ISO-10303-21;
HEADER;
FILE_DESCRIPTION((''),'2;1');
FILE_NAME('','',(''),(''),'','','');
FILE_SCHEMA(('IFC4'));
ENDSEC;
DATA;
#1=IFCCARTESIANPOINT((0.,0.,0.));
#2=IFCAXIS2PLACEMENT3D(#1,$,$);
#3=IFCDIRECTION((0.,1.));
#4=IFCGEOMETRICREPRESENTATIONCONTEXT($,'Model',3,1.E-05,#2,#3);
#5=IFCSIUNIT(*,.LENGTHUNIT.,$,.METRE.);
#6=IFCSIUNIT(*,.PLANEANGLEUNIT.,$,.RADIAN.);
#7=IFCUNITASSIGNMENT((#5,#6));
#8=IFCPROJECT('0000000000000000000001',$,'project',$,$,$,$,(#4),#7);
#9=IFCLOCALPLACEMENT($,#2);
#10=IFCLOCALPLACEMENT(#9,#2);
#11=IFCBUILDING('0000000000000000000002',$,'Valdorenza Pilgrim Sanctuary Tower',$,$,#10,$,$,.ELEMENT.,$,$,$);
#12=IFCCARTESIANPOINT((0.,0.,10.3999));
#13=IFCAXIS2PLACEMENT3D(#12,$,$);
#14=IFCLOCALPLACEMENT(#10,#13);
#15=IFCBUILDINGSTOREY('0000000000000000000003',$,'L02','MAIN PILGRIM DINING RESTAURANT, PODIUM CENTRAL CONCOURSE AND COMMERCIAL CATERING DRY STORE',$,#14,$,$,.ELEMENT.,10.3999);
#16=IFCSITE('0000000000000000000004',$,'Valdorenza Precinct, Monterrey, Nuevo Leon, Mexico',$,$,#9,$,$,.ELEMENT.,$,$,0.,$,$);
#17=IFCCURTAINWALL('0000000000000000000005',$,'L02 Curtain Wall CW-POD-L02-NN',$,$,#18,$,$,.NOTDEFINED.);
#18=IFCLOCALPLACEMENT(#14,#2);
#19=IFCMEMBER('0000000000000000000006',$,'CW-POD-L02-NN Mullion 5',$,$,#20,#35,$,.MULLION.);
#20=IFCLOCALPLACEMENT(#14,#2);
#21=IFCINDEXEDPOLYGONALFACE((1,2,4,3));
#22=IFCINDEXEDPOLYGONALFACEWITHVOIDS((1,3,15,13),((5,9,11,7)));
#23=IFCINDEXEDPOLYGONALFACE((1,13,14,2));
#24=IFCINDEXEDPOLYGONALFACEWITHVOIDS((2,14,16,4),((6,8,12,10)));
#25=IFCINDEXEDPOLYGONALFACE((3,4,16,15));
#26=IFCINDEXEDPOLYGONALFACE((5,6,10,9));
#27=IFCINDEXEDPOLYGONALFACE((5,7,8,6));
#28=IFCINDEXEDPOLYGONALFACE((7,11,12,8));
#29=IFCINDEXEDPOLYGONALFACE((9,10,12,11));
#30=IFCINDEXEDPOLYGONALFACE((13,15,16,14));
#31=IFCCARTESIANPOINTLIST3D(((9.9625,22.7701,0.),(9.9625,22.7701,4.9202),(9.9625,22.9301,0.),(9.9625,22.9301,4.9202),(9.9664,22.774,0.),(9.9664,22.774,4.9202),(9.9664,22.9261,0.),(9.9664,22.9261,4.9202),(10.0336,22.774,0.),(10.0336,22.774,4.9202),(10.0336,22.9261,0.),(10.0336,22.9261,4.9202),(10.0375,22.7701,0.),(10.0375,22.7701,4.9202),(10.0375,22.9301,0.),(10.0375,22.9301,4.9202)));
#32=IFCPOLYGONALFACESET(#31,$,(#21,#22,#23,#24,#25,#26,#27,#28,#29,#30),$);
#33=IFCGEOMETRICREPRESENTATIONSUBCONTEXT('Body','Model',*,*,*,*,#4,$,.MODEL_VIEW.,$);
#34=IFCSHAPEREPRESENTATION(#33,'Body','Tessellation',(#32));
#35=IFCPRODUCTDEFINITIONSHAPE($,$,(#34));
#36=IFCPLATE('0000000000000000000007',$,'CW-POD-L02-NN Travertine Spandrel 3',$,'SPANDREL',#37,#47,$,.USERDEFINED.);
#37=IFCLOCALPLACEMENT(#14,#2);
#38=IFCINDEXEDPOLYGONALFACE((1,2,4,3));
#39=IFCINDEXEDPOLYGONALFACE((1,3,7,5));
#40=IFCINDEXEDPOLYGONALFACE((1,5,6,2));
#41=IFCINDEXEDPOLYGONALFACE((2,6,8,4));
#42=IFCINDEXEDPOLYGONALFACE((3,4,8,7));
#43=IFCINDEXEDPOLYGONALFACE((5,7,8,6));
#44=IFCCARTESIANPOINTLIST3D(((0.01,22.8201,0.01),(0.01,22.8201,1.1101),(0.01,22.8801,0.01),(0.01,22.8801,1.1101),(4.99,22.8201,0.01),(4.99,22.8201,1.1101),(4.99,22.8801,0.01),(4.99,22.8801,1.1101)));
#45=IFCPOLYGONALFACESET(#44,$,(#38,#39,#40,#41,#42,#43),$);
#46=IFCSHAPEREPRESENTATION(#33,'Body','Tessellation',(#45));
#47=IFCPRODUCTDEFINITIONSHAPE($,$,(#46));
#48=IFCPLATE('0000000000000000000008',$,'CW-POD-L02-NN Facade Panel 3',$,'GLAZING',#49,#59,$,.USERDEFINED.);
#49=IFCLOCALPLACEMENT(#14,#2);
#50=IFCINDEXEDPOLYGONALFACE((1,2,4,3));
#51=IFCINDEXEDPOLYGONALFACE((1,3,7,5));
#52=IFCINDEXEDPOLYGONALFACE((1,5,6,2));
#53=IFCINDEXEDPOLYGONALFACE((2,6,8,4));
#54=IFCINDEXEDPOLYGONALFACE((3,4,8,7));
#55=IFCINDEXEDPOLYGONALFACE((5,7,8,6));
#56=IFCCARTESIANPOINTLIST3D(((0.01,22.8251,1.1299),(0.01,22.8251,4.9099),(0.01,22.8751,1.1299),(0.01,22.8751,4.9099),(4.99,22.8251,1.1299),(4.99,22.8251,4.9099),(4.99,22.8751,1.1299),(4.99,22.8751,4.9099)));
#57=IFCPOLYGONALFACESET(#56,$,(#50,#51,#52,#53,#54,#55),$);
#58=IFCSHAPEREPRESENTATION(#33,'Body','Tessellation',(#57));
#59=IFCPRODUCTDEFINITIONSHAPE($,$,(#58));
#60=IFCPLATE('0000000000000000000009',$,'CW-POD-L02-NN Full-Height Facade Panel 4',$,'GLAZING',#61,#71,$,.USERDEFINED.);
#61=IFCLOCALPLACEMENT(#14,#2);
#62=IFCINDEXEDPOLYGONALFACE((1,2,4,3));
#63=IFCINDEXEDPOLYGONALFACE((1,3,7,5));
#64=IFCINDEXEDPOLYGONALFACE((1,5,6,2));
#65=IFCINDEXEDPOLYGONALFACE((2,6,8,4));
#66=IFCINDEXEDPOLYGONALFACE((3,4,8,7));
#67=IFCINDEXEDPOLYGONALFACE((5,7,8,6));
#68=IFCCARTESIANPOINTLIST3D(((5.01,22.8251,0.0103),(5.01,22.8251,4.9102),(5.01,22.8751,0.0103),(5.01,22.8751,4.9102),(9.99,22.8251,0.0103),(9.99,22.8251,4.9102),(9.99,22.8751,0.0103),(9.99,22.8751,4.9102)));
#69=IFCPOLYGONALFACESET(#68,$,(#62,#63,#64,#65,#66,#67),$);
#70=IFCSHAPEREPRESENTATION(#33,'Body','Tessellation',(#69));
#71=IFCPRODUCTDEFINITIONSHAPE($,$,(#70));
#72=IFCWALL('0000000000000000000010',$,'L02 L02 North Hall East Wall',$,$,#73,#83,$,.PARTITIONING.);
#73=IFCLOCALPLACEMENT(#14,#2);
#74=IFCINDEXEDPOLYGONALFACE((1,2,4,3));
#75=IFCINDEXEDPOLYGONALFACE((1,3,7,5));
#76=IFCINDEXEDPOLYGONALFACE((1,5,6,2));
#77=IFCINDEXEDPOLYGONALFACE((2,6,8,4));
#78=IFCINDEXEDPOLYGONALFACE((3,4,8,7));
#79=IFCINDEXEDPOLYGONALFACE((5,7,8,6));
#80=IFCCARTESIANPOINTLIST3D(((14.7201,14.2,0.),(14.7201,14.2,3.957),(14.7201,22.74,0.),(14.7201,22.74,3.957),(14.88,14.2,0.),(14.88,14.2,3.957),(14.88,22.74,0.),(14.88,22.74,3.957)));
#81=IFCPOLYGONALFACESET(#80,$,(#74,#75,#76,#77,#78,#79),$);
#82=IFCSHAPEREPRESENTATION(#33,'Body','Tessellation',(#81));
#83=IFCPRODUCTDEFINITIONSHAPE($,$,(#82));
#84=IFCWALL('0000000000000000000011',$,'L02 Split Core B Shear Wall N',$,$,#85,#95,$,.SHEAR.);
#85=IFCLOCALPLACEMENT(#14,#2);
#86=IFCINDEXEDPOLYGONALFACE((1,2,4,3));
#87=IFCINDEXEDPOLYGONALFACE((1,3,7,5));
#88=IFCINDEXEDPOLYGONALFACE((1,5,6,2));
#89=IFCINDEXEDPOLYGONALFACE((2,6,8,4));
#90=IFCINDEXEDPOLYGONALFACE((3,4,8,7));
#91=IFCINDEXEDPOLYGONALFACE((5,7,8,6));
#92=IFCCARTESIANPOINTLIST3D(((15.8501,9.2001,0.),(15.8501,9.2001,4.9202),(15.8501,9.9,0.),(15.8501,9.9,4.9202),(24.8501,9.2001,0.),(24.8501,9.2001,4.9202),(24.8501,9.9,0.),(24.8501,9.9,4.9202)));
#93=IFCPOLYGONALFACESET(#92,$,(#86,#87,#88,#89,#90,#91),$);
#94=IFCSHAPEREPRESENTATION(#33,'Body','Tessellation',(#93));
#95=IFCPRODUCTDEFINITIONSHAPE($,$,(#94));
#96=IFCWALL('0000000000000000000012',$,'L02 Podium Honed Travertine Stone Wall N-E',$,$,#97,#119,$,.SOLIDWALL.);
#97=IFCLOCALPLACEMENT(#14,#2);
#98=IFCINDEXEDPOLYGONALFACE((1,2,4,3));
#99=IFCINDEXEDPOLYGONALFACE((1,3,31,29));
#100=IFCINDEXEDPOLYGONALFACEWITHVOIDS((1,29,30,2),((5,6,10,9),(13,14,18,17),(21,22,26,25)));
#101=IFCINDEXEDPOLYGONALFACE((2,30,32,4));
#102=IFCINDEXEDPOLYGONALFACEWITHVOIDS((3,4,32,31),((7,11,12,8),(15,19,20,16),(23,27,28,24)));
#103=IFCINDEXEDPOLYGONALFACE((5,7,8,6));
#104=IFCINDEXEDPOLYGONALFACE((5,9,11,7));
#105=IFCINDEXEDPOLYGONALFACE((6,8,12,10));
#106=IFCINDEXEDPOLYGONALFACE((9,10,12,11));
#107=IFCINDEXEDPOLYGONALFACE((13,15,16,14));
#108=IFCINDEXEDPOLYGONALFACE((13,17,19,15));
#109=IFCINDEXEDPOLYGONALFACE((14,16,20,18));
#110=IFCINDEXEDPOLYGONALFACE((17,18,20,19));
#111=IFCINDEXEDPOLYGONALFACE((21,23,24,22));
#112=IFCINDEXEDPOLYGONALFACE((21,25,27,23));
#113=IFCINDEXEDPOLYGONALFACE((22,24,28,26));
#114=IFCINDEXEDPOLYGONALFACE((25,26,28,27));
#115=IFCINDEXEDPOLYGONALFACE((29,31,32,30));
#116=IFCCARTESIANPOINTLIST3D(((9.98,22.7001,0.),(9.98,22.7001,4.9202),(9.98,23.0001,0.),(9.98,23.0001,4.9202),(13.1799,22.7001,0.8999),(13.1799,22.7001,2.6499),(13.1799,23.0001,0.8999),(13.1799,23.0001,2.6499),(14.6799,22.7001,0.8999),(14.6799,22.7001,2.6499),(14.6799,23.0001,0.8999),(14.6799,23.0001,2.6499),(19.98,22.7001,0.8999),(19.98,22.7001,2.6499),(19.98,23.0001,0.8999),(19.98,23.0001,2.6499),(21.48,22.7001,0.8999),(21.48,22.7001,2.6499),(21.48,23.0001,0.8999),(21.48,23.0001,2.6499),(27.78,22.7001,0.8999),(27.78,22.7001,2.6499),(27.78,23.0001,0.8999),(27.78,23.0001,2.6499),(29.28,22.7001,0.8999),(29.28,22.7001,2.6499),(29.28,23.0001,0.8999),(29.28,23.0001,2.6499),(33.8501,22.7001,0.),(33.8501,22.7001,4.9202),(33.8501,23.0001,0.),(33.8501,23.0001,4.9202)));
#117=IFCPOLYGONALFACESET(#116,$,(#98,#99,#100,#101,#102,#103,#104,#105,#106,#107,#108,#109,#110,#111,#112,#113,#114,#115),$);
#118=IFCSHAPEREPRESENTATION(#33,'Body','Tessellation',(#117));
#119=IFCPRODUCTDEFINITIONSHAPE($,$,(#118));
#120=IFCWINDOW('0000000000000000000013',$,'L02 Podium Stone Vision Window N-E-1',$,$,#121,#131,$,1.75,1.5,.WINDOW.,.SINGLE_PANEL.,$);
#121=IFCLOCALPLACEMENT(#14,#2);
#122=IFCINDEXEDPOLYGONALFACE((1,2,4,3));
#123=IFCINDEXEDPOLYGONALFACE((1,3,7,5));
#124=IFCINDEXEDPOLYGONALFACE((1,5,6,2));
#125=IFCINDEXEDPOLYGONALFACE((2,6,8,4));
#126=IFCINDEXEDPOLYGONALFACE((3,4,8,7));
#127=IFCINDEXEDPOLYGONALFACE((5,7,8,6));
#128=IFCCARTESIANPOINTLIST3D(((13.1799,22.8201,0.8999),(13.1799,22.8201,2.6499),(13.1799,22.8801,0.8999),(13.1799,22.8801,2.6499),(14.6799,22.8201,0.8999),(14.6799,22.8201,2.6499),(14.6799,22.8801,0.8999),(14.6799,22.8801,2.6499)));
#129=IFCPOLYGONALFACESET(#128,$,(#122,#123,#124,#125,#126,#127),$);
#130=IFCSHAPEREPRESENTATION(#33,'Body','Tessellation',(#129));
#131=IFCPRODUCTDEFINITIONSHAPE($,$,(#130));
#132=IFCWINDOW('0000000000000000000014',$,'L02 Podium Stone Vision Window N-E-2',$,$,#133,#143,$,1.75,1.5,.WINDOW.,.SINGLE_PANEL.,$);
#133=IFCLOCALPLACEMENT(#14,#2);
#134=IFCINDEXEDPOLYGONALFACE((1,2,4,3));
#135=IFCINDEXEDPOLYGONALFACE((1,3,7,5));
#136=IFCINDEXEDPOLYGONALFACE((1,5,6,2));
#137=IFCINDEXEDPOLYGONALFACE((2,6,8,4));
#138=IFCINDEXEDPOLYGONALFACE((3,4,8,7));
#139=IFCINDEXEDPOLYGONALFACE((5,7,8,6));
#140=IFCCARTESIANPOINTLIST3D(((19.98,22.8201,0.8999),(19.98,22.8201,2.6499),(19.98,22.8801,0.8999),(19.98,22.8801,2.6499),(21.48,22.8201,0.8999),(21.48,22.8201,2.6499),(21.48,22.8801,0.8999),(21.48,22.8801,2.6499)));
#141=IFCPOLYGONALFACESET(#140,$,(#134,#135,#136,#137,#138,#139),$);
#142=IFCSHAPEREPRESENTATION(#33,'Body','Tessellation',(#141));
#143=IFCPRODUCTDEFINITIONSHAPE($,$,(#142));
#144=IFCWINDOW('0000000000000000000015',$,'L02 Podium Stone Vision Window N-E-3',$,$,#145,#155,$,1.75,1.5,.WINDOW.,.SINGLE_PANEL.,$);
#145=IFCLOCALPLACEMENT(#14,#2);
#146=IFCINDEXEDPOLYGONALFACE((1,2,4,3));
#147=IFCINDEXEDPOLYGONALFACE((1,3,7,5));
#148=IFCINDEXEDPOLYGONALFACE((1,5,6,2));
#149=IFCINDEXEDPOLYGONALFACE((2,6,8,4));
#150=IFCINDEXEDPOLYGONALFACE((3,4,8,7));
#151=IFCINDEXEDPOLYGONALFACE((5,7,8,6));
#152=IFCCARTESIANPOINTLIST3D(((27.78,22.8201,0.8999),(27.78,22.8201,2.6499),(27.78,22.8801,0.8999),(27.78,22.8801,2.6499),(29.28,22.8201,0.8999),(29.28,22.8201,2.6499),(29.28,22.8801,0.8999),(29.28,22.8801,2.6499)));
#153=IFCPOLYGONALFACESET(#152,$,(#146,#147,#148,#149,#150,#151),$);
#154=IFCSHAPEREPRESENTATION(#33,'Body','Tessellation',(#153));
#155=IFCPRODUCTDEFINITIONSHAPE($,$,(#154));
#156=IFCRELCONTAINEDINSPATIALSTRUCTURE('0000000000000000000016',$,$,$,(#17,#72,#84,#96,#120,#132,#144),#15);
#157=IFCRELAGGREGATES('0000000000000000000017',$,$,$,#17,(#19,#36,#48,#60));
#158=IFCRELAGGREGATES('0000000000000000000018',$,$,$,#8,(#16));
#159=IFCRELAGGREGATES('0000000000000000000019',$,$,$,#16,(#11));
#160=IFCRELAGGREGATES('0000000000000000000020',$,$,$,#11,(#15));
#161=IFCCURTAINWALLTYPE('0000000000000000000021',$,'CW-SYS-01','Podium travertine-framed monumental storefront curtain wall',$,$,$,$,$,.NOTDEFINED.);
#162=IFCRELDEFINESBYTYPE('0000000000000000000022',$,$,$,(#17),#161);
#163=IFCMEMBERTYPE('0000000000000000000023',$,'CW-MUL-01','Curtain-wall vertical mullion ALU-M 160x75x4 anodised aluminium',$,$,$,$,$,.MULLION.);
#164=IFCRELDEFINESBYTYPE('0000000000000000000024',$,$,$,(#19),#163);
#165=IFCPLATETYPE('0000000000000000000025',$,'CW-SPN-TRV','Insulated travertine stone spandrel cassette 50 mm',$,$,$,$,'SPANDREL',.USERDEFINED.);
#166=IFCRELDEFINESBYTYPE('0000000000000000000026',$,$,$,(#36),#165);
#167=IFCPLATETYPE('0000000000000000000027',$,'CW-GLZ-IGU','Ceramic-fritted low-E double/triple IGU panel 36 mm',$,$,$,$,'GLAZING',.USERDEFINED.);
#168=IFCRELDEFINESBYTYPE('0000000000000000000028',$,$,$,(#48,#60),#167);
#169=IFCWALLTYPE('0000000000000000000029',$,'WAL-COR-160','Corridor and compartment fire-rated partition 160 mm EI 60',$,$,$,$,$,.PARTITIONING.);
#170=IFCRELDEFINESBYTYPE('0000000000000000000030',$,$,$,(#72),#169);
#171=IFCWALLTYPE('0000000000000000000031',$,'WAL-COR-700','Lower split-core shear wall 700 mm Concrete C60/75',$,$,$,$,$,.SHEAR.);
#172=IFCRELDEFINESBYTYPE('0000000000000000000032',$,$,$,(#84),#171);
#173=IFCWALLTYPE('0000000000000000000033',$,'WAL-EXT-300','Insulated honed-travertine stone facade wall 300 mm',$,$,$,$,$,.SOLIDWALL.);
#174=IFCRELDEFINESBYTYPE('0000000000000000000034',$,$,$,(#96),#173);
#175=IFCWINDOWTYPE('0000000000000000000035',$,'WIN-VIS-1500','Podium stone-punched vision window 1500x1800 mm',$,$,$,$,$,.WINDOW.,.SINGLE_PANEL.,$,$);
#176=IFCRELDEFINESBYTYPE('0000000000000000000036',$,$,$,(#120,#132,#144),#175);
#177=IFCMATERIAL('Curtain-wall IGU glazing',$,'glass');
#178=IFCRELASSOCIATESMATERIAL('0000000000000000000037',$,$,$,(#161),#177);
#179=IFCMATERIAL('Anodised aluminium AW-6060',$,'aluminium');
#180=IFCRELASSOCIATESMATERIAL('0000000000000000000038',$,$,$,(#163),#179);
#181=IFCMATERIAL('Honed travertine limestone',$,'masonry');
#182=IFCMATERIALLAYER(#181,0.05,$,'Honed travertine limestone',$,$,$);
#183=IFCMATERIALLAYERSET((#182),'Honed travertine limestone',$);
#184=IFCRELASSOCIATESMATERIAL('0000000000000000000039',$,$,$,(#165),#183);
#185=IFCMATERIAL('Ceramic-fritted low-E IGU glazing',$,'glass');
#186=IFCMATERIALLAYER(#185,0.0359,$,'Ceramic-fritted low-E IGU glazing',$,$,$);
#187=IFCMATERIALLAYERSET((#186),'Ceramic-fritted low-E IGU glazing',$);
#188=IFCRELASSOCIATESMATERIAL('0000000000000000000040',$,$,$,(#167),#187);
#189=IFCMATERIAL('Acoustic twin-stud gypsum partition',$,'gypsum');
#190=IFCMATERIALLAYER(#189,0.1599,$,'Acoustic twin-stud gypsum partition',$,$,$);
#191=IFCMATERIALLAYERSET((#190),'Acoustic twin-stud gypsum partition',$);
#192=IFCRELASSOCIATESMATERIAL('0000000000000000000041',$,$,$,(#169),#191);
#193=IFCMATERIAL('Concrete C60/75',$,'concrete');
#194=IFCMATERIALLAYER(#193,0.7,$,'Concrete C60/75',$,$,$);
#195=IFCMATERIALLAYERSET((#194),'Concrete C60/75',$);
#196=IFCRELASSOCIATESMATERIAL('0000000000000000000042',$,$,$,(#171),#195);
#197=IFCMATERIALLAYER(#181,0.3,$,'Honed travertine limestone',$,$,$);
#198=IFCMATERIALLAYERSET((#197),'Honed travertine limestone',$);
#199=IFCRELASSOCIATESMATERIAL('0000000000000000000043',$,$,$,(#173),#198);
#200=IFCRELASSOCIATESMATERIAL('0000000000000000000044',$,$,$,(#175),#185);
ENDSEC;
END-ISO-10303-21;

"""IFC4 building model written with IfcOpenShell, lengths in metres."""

from ifc_helpers import new_model, si_unit, direction, frame, frame_2d, origin, origin_2d, place, context, subcontext, project, spatial, rectangle, hollow_rectangle, extrude, source, transform, mapped, material, layer, layer_set, material_profile, profile_set, type_object, element, fill, aggregate, save


model = new_model("IFC4")

# Units and contexts
model_context = context("Model", 3, precision=1e-05, world=origin(), true_north=direction((0.0, 1.0)))
body_context = subcontext(model_context, "Body", "Model", "MODEL_VIEW")
ifc_project = project(units=[si_unit("LENGTHUNIT", "METRE"), si_unit("PLANEANGLEUNIT", "RADIAN")], contexts=[model_context])

# Site, building, storey
site_placement = place(None, origin())
site = spatial("IfcSite", under=ifc_project, at=site_placement, Name="Valdorenza Precinct, Monterrey, Nuevo Leon, Mexico", CompositionType="ELEMENT", RefElevation=0.0)
building_placement = place(site_placement, origin())
building = spatial("IfcBuilding", under=site, at=building_placement, Name="Valdorenza Pilgrim Sanctuary Tower", CompositionType="ELEMENT")
storey_placement = place(building_placement, frame((0.0, 0.0, 10.3999)))
storey = spatial("IfcBuildingStorey", under=building, at=storey_placement, Name="L02", Description="MAIN PILGRIM DINING RESTAURANT, PODIUM CENTRAL CONCOURSE AND COMMERCIAL CATERING DRY STORE", CompositionType="ELEMENT", Elevation=10.3999)

# Shared definitions
ifc_material_1 = material(Name="Concrete C60/75", Category="concrete")

# Curtain wall, member, plates
ifc_material_2 = material(Name="Curtain-wall IGU glazing", Category="glass")
curtain_wall_type = type_object("IfcCurtainWallType", Name="CW-SYS-01", Description="Podium travertine-framed monumental storefront curtain wall", PredefinedType="NOTDEFINED", material=ifc_material_2)
curtain_wall_placement = place(storey_placement, origin())
curtain_wall = element("IfcCurtainWall", 1, at=curtain_wall_placement, inside=storey, type_object=curtain_wall_type, Name="L02 Curtain Wall CW-POD-L02-NN", PredefinedType="NOTDEFINED")
ifc_material_3 = material(Name="Anodised aluminium AW-6060", Category="aluminium")
ifc_material_profile_1 = material_profile(ifc_material_3, hollow_rectangle(XDim=0.075, YDim=0.1599, WallThickness=0.0039, at=origin_2d()), Name="ALU-M 160x75x4")
ifc_profile_set_1 = profile_set([ifc_material_profile_1], Name="Anodised aluminium AW-6060")
member_type = type_object("IfcMemberType", Name="CW-MUL-01", Description="Curtain-wall vertical mullion ALU-M 160x75x4 anodised aluminium", PredefinedType="MULLION", material=ifc_profile_set_1)
shared_shape_1 = source(origin(), body_context, "Body", "SweptSolid", [
    extrude(hollow_rectangle(XDim=0.075, YDim=0.1599, WallThickness=0.0039, at=origin_2d()), origin(), (0.0, 0.0, 1.0), 4.9202),
])
member_1_placement = place(storey_placement, frame((10.0, 22.8501, 0.0), z_axis=(0.0, 0.0, 1.0), x_axis=(1.0, 0.0, 0.0)))
member_1 = element("IfcMember", 2, at=member_1_placement, type_object=member_type, Name="CW-POD-L02-NN Mullion 5", PredefinedType="MULLION", context=body_context, shape_type="MappedRepresentation", body=[
    mapped(shared_shape_1, transform((0.0, 0.0, 0.0), x_axis=(1.0, 0.0, 0.0), y_axis=(0.0, 1.0, 0.0), z_axis=(0.0, 0.0, 1.0), scale=1.0)),
])
ifc_material_4 = material(Name="Honed travertine limestone", Category="masonry")
ifc_layer_1 = layer(ifc_material_4, 0.05, Name="Honed travertine limestone")
ifc_layer_set_1 = layer_set([ifc_layer_1], Name="Honed travertine limestone")
plate_type_1 = type_object("IfcPlateType", Name="CW-SPN-TRV", Description="Insulated travertine stone spandrel cassette 50 mm", ElementType="SPANDREL", PredefinedType="USERDEFINED", material=ifc_layer_set_1)
shared_shape_2 = source(origin(), body_context, "Body", "SweptSolid", [
    extrude(rectangle(XDim=4.98, YDim=0.0601, at=origin_2d()), origin(), (0.0, 0.0, 1.0), 1.1001),
])
plate_1_placement = place(storey_placement, frame((2.5, 22.8501, 0.01), z_axis=(0.0, 0.0, 1.0), x_axis=(1.0, 0.0, 0.0)))
plate_1 = element("IfcPlate", 3, at=plate_1_placement, type_object=plate_type_1, Name="CW-POD-L02-NN Travertine Spandrel 3", ObjectType="SPANDREL", PredefinedType="USERDEFINED", context=body_context, shape_type="MappedRepresentation", body=[
    mapped(shared_shape_2, transform((0.0, 0.0, 0.0), x_axis=(1.0, 0.0, 0.0), y_axis=(0.0, 1.0, 0.0), z_axis=(0.0, 0.0, 1.0), scale=1.0)),
])
ifc_material_5 = material(Name="Ceramic-fritted low-E IGU glazing", Category="glass")
ifc_layer_2 = layer(ifc_material_5, 0.0359, Name="Ceramic-fritted low-E IGU glazing")
ifc_layer_set_2 = layer_set([ifc_layer_2], Name="Ceramic-fritted low-E IGU glazing")
plate_type_2 = type_object("IfcPlateType", Name="CW-GLZ-IGU", Description="Ceramic-fritted low-E double/triple IGU panel 36 mm", ElementType="GLAZING", PredefinedType="USERDEFINED", material=ifc_layer_set_2)
shared_shape_3 = source(origin(), body_context, "Body", "SweptSolid", [
    extrude(rectangle(XDim=4.98, YDim=0.05, at=origin_2d()), origin(), (0.0, 0.0, 1.0), 3.78),
])
plate_2_placement = place(storey_placement, frame((2.5, 22.8501, 1.1299), z_axis=(0.0, 0.0, 1.0), x_axis=(1.0, 0.0, 0.0)))
plate_2 = element("IfcPlate", 4, at=plate_2_placement, type_object=plate_type_2, Name="CW-POD-L02-NN Facade Panel 3", ObjectType="GLAZING", PredefinedType="USERDEFINED", context=body_context, shape_type="MappedRepresentation", body=[
    mapped(shared_shape_3, transform((0.0, 0.0, 0.0), x_axis=(1.0, 0.0, 0.0), y_axis=(0.0, 1.0, 0.0), z_axis=(0.0, 0.0, 1.0), scale=1.0)),
])
shared_shape_4 = source(origin(), body_context, "Body", "SweptSolid", [
    extrude(rectangle(XDim=4.98, YDim=0.05, at=origin_2d()), origin(), (0.0, 0.0, 1.0), 4.8999),
])
plate_3_placement = place(storey_placement, frame((7.5, 22.8501, 0.0103), z_axis=(0.0, 0.0, 1.0), x_axis=(1.0, 0.0, 0.0)))
plate_3 = element("IfcPlate", 5, at=plate_3_placement, type_object=plate_type_2, Name="CW-POD-L02-NN Full-Height Facade Panel 4", ObjectType="GLAZING", PredefinedType="USERDEFINED", context=body_context, shape_type="MappedRepresentation", body=[
    mapped(shared_shape_4, transform((0.0, 0.0, 0.0), x_axis=(1.0, 0.0, 0.0), y_axis=(0.0, 1.0, 0.0), z_axis=(0.0, 0.0, 1.0), scale=1.0)),
])
aggregate(curtain_wall, [member_1, plate_1, plate_2, plate_3])

# Walls
ifc_material_6 = material(Name="Acoustic twin-stud gypsum partition", Category="gypsum")
ifc_layer_3 = layer(ifc_material_6, 0.1599, Name="Acoustic twin-stud gypsum partition")
ifc_layer_set_3 = layer_set([ifc_layer_3], Name="Acoustic twin-stud gypsum partition")
wall_type_1 = type_object("IfcWallType", Name="WAL-COR-160", Description="Corridor and compartment fire-rated partition 160 mm EI 60", PredefinedType="PARTITIONING", material=ifc_layer_set_3)
wall_1_placement = place(storey_placement, frame((14.8, 14.2, 0.0), z_axis=(0.0, 0.0, 1.0), x_axis=(0.0, 1.0, 0.0)))
element("IfcWall", 6, at=wall_1_placement, inside=storey, type_object=wall_type_1, Name="L02 L02 North Hall East Wall", PredefinedType="PARTITIONING", context=body_context, shape_type="SweptSolid", body=[
    extrude(rectangle(XDim=8.54, YDim=0.1599, at=frame_2d((4.27, 0.0))), origin(), (0.0, 0.0, 1.0), 3.957),
])
ifc_layer_4 = layer(ifc_material_1, 0.7, Name="Concrete C60/75")
ifc_layer_set_4 = layer_set([ifc_layer_4], Name="Concrete C60/75")
wall_type_2 = type_object("IfcWallType", Name="WAL-COR-700", Description="Lower split-core shear wall 700 mm Concrete C60/75", PredefinedType="SHEAR", material=ifc_layer_set_4)
wall_2_placement = place(storey_placement, frame((15.8501, 9.55, 0.0), z_axis=(0.0, 0.0, 1.0), x_axis=(1.0, 0.0, 0.0)))
element("IfcWall", 7, at=wall_2_placement, inside=storey, type_object=wall_type_2, Name="L02 Split Core B Shear Wall N", PredefinedType="SHEAR", context=body_context, shape_type="SweptSolid", body=[
    extrude(rectangle(XDim=9.0, YDim=0.7, at=frame_2d((4.5, 0.0))), origin(), (0.0, 0.0, 1.0), 4.9202),
])

# Wall, openings, windows
ifc_layer_5 = layer(ifc_material_4, 0.3, Name="Honed travertine limestone")
ifc_layer_set_5 = layer_set([ifc_layer_5], Name="Honed travertine limestone")
wall_type_3 = type_object("IfcWallType", Name="WAL-EXT-300", Description="Insulated honed-travertine stone facade wall 300 mm", PredefinedType="SOLIDWALL", material=ifc_layer_set_5)
wall_3_placement = place(storey_placement, frame((9.98, 22.8501, 0.0), z_axis=(0.0, 0.0, 1.0), x_axis=(1.0, 0.0, 0.0)))
wall_3 = element("IfcWall", 8, at=wall_3_placement, inside=storey, type_object=wall_type_3, Name="L02 Podium Honed Travertine Stone Wall N-E", PredefinedType="SOLIDWALL", context=body_context, shape_type="SweptSolid", body=[
    extrude(rectangle(XDim=23.8701, YDim=0.3, at=frame_2d((11.9351, 0.0))), origin(), (0.0, 0.0, 1.0), 4.9202),
])
opening_1_placement = place(wall_3_placement, frame((3.2, 0.0, 0.8999)))
opening_1 = element("IfcOpeningElement", 9, at=opening_1_placement, cuts=wall_3, PredefinedType="OPENING", context=body_context, shape_type="SweptSolid", body=[
    extrude(rectangle(XDim=1.5, YDim=1.75, at=frame_2d((0.75, 0.875))), frame((0.0, 0.165, 0.0), z_axis=(0.0, -1.0, 0.0), x_axis=(1.0, 0.0, 0.0)), (0.0, 0.0, 1.0), 0.3298),
])
opening_2_placement = place(wall_3_placement, frame((10.0, 0.0, 0.8999)))
opening_2 = element("IfcOpeningElement", 10, at=opening_2_placement, cuts=wall_3, PredefinedType="OPENING", context=body_context, shape_type="SweptSolid", body=[
    extrude(rectangle(XDim=1.5, YDim=1.75, at=frame_2d((0.75, 0.875))), frame((0.0, 0.165, 0.0), z_axis=(0.0, -1.0, 0.0), x_axis=(1.0, 0.0, 0.0)), (0.0, 0.0, 1.0), 0.3298),
])
opening_3_placement = place(wall_3_placement, frame((17.8, 0.0, 0.8999)))
opening_3 = element("IfcOpeningElement", 11, at=opening_3_placement, cuts=wall_3, PredefinedType="OPENING", context=body_context, shape_type="SweptSolid", body=[
    extrude(rectangle(XDim=1.5, YDim=1.75, at=frame_2d((0.75, 0.875))), frame((0.0, 0.165, 0.0), z_axis=(0.0, -1.0, 0.0), x_axis=(1.0, 0.0, 0.0)), (0.0, 0.0, 1.0), 0.3298),
])
window_type = type_object("IfcWindowType", Name="WIN-VIS-1500", Description="Podium stone-punched vision window 1500x1800 mm", PartitioningType="SINGLE_PANEL", PredefinedType="WINDOW", material=ifc_material_5)
window_1_placement = place(opening_1_placement, origin())
window_1 = element("IfcWindow", 12, at=window_1_placement, inside=storey, type_object=window_type, Name="L02 Podium Stone Vision Window N-E-1", OverallHeight=1.75, OverallWidth=1.5, PartitioningType="SINGLE_PANEL", PredefinedType="WINDOW", context=body_context, shape_type="SweptSolid", body=[
    extrude(rectangle(XDim=1.5, YDim=1.75, at=frame_2d((0.75, 0.875))), frame((0.0, 0.03, 0.0), z_axis=(0.0, -1.0, 0.0), x_axis=(1.0, 0.0, 0.0)), (0.0, 0.0, 1.0), 0.0601),
])
fill(opening_1, window_1)
window_2_placement = place(opening_2_placement, origin())
window_2 = element("IfcWindow", 13, at=window_2_placement, inside=storey, type_object=window_type, Name="L02 Podium Stone Vision Window N-E-2", OverallHeight=1.75, OverallWidth=1.5, PartitioningType="SINGLE_PANEL", PredefinedType="WINDOW", context=body_context, shape_type="SweptSolid", body=[
    extrude(rectangle(XDim=1.5, YDim=1.75, at=frame_2d((0.75, 0.875))), frame((0.0, 0.03, 0.0), z_axis=(0.0, -1.0, 0.0), x_axis=(1.0, 0.0, 0.0)), (0.0, 0.0, 1.0), 0.0601),
])
fill(opening_2, window_2)
window_3_placement = place(opening_3_placement, origin())
window_3 = element("IfcWindow", 14, at=window_3_placement, inside=storey, type_object=window_type, Name="L02 Podium Stone Vision Window N-E-3", OverallHeight=1.75, OverallWidth=1.5, PartitioningType="SINGLE_PANEL", PredefinedType="WINDOW", context=body_context, shape_type="SweptSolid", body=[
    extrude(rectangle(XDim=1.5, YDim=1.75, at=frame_2d((0.75, 0.875))), frame((0.0, 0.03, 0.0), z_axis=(0.0, -1.0, 0.0), x_axis=(1.0, 0.0, 0.0)), (0.0, 0.0, 1.0), 0.0601),
])
fill(opening_3, window_3)

save(model, "model.ifc")
